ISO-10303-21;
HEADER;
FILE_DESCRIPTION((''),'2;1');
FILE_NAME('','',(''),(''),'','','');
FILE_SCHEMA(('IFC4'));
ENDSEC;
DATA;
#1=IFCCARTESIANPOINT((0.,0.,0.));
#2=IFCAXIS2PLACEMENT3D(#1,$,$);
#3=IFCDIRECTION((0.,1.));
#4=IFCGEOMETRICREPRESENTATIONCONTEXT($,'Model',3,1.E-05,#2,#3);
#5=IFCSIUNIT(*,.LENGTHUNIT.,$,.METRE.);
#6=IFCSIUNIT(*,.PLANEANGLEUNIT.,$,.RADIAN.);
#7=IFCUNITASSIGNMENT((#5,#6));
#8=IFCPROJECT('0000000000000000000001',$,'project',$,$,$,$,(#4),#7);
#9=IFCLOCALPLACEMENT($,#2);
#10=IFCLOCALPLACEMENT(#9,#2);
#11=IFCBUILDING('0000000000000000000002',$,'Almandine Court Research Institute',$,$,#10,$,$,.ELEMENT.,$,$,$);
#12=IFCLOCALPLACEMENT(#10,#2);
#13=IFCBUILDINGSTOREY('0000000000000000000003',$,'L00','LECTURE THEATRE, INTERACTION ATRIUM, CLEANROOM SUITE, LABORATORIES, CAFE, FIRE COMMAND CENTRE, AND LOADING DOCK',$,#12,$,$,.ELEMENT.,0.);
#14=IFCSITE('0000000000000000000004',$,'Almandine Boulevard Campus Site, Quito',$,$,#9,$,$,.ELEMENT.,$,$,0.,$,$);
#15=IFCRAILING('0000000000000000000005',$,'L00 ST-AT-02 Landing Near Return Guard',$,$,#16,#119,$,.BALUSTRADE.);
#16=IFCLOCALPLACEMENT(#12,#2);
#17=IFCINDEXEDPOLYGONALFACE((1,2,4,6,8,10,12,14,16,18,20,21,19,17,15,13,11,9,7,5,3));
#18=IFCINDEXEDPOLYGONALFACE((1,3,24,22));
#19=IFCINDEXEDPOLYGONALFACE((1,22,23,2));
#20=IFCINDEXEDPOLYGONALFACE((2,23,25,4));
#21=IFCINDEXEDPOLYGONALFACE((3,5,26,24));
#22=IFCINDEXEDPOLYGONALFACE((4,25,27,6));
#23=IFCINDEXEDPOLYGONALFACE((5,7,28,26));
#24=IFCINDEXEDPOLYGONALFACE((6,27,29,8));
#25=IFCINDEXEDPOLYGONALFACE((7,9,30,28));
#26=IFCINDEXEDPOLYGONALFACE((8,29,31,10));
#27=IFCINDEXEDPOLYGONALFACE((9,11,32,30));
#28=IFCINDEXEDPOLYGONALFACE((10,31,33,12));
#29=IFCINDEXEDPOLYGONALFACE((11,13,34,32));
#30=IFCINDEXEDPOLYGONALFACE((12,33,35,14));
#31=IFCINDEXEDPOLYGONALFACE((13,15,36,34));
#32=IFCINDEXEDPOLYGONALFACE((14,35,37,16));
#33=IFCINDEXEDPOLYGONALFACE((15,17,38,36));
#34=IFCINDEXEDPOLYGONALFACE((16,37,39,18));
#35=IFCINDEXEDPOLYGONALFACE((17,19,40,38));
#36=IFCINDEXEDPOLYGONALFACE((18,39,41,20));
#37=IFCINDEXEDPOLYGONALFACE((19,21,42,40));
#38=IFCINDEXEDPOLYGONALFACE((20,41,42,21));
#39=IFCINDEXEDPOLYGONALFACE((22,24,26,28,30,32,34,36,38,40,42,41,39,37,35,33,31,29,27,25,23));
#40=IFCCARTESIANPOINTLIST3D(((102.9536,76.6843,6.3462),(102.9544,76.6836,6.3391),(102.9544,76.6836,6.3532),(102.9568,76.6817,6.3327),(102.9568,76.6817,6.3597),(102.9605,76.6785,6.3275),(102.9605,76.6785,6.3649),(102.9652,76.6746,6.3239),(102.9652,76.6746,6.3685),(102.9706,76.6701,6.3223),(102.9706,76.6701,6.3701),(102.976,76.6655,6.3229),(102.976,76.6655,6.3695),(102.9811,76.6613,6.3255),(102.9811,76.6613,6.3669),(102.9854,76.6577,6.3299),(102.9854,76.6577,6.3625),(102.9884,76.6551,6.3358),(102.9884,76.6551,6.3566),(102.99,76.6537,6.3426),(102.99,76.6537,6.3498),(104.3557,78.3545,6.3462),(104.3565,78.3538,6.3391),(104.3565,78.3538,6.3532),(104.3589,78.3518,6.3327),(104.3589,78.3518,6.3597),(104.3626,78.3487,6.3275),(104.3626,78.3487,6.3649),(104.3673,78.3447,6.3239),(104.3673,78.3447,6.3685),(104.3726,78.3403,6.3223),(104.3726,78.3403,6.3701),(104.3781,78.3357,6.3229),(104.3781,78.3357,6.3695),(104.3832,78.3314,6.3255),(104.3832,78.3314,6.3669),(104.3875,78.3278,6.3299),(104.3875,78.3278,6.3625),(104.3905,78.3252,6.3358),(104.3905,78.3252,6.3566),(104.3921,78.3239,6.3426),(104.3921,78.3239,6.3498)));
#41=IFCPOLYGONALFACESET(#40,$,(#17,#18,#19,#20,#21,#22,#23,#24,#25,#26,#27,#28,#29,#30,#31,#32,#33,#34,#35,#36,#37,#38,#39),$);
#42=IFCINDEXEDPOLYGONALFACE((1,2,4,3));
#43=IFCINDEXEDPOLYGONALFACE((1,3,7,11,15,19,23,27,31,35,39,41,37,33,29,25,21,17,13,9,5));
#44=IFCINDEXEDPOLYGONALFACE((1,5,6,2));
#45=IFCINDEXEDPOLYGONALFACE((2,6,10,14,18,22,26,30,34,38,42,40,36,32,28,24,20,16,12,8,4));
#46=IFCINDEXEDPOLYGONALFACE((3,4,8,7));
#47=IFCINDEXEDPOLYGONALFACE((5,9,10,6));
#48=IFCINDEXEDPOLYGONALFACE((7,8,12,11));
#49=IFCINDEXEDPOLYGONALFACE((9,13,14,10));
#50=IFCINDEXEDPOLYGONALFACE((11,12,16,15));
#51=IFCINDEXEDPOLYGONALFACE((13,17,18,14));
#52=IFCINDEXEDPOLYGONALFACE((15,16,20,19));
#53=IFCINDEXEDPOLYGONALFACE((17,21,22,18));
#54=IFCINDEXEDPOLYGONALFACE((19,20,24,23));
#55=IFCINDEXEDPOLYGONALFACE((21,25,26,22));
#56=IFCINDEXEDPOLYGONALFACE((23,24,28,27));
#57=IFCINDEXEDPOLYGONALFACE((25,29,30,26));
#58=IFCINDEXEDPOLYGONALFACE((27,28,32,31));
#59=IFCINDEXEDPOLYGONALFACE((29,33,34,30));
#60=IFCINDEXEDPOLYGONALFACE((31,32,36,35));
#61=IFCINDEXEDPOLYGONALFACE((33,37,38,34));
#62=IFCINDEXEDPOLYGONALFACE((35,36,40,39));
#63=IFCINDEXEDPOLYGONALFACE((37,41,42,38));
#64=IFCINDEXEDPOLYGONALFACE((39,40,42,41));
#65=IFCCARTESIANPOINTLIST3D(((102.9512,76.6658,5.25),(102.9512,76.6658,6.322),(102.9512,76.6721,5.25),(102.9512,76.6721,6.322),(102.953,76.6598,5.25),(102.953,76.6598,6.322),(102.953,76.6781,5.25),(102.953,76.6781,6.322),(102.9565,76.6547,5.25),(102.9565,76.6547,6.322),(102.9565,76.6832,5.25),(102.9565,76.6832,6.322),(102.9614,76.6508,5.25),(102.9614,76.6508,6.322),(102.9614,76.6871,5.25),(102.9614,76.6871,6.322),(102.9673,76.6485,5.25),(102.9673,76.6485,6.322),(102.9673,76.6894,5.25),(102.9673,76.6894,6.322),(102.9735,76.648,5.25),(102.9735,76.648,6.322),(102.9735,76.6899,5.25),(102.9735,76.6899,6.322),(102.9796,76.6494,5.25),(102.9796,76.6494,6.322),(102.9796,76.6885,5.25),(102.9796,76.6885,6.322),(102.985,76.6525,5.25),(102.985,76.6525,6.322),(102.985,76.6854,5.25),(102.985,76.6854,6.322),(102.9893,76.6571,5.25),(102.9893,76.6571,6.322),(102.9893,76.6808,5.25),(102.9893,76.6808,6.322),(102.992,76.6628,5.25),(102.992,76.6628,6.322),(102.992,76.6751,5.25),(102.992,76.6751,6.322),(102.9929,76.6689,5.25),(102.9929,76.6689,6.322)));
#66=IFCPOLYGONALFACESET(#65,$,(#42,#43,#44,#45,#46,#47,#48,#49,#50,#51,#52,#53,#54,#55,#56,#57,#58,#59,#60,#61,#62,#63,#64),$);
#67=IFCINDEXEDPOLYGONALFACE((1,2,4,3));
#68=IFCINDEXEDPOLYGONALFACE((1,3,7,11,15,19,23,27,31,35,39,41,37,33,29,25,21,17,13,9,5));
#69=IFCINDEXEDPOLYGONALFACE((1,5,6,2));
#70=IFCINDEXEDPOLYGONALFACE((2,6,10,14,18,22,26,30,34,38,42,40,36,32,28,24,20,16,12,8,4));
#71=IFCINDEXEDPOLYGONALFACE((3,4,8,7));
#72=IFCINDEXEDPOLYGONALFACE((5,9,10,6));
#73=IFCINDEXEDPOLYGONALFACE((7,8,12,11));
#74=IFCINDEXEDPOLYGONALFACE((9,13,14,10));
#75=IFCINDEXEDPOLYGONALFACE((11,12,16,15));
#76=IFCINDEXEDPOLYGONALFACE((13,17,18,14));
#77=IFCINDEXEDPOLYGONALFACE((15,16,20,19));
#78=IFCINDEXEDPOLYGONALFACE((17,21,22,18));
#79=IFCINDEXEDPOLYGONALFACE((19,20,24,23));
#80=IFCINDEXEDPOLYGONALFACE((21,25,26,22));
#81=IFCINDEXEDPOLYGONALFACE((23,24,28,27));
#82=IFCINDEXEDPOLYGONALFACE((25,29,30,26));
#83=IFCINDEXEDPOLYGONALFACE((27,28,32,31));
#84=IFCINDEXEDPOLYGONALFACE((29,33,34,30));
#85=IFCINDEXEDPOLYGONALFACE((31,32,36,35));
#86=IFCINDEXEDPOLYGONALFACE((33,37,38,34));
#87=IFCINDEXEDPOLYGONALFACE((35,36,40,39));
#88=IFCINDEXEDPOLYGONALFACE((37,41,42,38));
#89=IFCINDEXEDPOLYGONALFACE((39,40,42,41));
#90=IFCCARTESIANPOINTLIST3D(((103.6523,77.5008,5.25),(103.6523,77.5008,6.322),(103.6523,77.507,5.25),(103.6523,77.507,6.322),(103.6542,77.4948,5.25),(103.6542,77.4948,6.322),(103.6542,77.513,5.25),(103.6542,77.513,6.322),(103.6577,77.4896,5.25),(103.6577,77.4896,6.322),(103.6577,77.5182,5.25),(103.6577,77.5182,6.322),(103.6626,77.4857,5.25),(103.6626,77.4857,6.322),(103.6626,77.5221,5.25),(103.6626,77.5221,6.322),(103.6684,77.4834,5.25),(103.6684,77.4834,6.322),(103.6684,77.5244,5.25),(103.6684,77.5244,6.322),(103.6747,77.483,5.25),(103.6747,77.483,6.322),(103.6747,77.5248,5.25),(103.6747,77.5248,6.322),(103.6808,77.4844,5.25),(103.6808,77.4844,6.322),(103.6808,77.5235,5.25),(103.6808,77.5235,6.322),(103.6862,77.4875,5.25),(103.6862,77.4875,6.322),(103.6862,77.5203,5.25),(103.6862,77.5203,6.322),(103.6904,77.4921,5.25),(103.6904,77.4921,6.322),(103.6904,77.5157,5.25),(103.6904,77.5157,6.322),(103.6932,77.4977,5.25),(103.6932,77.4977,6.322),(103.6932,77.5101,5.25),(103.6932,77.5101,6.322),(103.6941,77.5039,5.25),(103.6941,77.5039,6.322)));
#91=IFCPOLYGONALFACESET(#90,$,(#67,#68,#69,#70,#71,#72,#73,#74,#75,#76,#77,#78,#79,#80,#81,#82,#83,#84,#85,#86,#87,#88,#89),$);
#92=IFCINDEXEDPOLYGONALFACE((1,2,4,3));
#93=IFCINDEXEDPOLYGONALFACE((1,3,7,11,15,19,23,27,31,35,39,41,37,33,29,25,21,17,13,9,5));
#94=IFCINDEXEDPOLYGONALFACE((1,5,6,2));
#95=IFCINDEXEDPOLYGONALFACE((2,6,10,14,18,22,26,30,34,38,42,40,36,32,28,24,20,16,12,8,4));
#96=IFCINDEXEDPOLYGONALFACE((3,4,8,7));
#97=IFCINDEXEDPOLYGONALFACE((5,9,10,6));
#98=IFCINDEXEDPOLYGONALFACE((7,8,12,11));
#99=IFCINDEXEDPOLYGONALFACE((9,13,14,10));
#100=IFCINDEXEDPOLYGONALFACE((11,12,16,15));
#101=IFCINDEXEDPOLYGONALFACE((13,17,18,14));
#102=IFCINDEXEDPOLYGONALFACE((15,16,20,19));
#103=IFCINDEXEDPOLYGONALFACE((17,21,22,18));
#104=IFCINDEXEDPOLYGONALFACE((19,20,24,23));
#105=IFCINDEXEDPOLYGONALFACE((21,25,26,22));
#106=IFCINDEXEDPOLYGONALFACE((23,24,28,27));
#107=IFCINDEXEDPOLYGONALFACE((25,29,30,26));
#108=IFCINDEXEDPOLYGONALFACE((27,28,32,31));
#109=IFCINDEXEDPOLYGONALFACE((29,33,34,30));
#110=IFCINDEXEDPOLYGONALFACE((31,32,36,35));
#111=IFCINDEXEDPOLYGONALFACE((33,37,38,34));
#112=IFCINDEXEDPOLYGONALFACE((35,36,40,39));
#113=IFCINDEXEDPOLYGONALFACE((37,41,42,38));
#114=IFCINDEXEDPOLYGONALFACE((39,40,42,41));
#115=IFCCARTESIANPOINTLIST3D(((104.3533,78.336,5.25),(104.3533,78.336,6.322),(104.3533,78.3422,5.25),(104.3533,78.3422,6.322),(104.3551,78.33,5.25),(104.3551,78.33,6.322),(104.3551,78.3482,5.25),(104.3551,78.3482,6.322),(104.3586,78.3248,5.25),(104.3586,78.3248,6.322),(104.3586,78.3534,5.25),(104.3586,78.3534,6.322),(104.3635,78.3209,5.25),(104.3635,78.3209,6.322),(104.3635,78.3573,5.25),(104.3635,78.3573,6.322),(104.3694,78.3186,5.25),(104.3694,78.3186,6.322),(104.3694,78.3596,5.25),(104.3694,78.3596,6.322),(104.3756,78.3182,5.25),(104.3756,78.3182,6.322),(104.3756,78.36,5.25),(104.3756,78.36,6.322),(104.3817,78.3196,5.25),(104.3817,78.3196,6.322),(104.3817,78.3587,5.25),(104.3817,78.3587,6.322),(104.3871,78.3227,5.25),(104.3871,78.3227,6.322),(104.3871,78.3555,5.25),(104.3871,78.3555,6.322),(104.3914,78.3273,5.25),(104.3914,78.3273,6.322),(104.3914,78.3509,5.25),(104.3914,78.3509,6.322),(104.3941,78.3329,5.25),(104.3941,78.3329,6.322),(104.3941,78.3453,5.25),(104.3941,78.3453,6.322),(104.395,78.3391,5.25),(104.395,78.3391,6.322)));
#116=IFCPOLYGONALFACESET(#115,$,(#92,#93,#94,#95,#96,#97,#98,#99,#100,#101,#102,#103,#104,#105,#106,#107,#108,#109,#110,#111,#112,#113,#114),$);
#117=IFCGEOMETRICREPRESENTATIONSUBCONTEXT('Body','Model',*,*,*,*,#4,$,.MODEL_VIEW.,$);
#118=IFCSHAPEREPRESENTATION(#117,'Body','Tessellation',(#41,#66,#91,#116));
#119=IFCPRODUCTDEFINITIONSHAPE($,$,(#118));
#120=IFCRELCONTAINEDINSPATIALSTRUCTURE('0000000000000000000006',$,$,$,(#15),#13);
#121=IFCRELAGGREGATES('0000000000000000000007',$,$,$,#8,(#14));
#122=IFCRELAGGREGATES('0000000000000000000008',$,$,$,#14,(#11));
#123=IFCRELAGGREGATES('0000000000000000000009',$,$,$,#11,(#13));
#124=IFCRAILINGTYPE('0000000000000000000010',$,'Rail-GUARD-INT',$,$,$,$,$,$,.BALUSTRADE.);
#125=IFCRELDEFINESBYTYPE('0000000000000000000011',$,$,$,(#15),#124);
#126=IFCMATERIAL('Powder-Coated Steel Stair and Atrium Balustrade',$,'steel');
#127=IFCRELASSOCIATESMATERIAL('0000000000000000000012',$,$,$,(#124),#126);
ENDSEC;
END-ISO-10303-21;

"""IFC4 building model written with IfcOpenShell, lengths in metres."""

from ifc_helpers import new_model, si_unit, direction, frame, origin, origin_2d, place, context, subcontext, project, spatial, circle, extrude, material, type_object, element, save


model = new_model("IFC4")

# Units and contexts
model_context = context("Model", 3, precision=1e-05, world=origin(), true_north=direction((0.0, 1.0)))
body_context = subcontext(model_context, "Body", "Model", "MODEL_VIEW")
ifc_project = project(units=[si_unit("LENGTHUNIT", "METRE"), si_unit("PLANEANGLEUNIT", "RADIAN")], contexts=[model_context])

# Site, building, storey
site_placement = place(None, origin())
site = spatial("IfcSite", under=ifc_project, at=site_placement, Name="Almandine Boulevard Campus Site, Quito", CompositionType="ELEMENT", RefElevation=0.0)
building_placement = place(site_placement, origin())
building = spatial("IfcBuilding", under=site, at=building_placement, Name="Almandine Court Research Institute", CompositionType="ELEMENT")
storey_placement = place(building_placement, origin())
storey = spatial("IfcBuildingStorey", under=building, at=storey_placement, Name="L00", Description="LECTURE THEATRE, INTERACTION ATRIUM, CLEANROOM SUITE, LABORATORIES, CAFE, FIRE COMMAND CENTRE, AND LOADING DOCK", CompositionType="ELEMENT", Elevation=0.0)

# Railing
ifc_material_1 = material(Name="Powder-Coated Steel Stair and Atrium Balustrade", Category="steel")
railing_type_1 = type_object("IfcRailingType", Name="Rail-GUARD-INT", PredefinedType="BALUSTRADE", material=ifc_material_1)
railing_1_placement = place(storey_placement, frame((102.9719, 76.6689, 5.25)))
element("IfcRailing", 1, at=railing_1_placement, inside=storey, type_object=railing_type_1, Name="L00 ST-AT-02 Landing Near Return Guard", PredefinedType="BALUSTRADE", context=body_context, shape_type="SweptSolid", body=[
    extrude(circle(Radius=0.0239, at=origin_2d()), frame((0.0, 0.0, 1.0962), z_axis=(0.642966, 0.765895, 0.0), x_axis=(-0.765895, 0.642966, 0.0)), (0.0, 0.0, 1.0), 2.1807),
    extrude(circle(Radius=0.021, at=origin_2d()), origin(), (0.0, 0.0, 1.0), 1.072),
    extrude(circle(Radius=0.021, at=origin_2d()), frame((0.7012, 0.835, 0.0)), (0.0, 0.0, 1.0), 1.072),
    extrude(circle(Radius=0.021, at=origin_2d()), frame((1.4021, 1.6702, 0.0)), (0.0, 0.0, 1.0), 1.072),
])

save(model, "model.ifc")
